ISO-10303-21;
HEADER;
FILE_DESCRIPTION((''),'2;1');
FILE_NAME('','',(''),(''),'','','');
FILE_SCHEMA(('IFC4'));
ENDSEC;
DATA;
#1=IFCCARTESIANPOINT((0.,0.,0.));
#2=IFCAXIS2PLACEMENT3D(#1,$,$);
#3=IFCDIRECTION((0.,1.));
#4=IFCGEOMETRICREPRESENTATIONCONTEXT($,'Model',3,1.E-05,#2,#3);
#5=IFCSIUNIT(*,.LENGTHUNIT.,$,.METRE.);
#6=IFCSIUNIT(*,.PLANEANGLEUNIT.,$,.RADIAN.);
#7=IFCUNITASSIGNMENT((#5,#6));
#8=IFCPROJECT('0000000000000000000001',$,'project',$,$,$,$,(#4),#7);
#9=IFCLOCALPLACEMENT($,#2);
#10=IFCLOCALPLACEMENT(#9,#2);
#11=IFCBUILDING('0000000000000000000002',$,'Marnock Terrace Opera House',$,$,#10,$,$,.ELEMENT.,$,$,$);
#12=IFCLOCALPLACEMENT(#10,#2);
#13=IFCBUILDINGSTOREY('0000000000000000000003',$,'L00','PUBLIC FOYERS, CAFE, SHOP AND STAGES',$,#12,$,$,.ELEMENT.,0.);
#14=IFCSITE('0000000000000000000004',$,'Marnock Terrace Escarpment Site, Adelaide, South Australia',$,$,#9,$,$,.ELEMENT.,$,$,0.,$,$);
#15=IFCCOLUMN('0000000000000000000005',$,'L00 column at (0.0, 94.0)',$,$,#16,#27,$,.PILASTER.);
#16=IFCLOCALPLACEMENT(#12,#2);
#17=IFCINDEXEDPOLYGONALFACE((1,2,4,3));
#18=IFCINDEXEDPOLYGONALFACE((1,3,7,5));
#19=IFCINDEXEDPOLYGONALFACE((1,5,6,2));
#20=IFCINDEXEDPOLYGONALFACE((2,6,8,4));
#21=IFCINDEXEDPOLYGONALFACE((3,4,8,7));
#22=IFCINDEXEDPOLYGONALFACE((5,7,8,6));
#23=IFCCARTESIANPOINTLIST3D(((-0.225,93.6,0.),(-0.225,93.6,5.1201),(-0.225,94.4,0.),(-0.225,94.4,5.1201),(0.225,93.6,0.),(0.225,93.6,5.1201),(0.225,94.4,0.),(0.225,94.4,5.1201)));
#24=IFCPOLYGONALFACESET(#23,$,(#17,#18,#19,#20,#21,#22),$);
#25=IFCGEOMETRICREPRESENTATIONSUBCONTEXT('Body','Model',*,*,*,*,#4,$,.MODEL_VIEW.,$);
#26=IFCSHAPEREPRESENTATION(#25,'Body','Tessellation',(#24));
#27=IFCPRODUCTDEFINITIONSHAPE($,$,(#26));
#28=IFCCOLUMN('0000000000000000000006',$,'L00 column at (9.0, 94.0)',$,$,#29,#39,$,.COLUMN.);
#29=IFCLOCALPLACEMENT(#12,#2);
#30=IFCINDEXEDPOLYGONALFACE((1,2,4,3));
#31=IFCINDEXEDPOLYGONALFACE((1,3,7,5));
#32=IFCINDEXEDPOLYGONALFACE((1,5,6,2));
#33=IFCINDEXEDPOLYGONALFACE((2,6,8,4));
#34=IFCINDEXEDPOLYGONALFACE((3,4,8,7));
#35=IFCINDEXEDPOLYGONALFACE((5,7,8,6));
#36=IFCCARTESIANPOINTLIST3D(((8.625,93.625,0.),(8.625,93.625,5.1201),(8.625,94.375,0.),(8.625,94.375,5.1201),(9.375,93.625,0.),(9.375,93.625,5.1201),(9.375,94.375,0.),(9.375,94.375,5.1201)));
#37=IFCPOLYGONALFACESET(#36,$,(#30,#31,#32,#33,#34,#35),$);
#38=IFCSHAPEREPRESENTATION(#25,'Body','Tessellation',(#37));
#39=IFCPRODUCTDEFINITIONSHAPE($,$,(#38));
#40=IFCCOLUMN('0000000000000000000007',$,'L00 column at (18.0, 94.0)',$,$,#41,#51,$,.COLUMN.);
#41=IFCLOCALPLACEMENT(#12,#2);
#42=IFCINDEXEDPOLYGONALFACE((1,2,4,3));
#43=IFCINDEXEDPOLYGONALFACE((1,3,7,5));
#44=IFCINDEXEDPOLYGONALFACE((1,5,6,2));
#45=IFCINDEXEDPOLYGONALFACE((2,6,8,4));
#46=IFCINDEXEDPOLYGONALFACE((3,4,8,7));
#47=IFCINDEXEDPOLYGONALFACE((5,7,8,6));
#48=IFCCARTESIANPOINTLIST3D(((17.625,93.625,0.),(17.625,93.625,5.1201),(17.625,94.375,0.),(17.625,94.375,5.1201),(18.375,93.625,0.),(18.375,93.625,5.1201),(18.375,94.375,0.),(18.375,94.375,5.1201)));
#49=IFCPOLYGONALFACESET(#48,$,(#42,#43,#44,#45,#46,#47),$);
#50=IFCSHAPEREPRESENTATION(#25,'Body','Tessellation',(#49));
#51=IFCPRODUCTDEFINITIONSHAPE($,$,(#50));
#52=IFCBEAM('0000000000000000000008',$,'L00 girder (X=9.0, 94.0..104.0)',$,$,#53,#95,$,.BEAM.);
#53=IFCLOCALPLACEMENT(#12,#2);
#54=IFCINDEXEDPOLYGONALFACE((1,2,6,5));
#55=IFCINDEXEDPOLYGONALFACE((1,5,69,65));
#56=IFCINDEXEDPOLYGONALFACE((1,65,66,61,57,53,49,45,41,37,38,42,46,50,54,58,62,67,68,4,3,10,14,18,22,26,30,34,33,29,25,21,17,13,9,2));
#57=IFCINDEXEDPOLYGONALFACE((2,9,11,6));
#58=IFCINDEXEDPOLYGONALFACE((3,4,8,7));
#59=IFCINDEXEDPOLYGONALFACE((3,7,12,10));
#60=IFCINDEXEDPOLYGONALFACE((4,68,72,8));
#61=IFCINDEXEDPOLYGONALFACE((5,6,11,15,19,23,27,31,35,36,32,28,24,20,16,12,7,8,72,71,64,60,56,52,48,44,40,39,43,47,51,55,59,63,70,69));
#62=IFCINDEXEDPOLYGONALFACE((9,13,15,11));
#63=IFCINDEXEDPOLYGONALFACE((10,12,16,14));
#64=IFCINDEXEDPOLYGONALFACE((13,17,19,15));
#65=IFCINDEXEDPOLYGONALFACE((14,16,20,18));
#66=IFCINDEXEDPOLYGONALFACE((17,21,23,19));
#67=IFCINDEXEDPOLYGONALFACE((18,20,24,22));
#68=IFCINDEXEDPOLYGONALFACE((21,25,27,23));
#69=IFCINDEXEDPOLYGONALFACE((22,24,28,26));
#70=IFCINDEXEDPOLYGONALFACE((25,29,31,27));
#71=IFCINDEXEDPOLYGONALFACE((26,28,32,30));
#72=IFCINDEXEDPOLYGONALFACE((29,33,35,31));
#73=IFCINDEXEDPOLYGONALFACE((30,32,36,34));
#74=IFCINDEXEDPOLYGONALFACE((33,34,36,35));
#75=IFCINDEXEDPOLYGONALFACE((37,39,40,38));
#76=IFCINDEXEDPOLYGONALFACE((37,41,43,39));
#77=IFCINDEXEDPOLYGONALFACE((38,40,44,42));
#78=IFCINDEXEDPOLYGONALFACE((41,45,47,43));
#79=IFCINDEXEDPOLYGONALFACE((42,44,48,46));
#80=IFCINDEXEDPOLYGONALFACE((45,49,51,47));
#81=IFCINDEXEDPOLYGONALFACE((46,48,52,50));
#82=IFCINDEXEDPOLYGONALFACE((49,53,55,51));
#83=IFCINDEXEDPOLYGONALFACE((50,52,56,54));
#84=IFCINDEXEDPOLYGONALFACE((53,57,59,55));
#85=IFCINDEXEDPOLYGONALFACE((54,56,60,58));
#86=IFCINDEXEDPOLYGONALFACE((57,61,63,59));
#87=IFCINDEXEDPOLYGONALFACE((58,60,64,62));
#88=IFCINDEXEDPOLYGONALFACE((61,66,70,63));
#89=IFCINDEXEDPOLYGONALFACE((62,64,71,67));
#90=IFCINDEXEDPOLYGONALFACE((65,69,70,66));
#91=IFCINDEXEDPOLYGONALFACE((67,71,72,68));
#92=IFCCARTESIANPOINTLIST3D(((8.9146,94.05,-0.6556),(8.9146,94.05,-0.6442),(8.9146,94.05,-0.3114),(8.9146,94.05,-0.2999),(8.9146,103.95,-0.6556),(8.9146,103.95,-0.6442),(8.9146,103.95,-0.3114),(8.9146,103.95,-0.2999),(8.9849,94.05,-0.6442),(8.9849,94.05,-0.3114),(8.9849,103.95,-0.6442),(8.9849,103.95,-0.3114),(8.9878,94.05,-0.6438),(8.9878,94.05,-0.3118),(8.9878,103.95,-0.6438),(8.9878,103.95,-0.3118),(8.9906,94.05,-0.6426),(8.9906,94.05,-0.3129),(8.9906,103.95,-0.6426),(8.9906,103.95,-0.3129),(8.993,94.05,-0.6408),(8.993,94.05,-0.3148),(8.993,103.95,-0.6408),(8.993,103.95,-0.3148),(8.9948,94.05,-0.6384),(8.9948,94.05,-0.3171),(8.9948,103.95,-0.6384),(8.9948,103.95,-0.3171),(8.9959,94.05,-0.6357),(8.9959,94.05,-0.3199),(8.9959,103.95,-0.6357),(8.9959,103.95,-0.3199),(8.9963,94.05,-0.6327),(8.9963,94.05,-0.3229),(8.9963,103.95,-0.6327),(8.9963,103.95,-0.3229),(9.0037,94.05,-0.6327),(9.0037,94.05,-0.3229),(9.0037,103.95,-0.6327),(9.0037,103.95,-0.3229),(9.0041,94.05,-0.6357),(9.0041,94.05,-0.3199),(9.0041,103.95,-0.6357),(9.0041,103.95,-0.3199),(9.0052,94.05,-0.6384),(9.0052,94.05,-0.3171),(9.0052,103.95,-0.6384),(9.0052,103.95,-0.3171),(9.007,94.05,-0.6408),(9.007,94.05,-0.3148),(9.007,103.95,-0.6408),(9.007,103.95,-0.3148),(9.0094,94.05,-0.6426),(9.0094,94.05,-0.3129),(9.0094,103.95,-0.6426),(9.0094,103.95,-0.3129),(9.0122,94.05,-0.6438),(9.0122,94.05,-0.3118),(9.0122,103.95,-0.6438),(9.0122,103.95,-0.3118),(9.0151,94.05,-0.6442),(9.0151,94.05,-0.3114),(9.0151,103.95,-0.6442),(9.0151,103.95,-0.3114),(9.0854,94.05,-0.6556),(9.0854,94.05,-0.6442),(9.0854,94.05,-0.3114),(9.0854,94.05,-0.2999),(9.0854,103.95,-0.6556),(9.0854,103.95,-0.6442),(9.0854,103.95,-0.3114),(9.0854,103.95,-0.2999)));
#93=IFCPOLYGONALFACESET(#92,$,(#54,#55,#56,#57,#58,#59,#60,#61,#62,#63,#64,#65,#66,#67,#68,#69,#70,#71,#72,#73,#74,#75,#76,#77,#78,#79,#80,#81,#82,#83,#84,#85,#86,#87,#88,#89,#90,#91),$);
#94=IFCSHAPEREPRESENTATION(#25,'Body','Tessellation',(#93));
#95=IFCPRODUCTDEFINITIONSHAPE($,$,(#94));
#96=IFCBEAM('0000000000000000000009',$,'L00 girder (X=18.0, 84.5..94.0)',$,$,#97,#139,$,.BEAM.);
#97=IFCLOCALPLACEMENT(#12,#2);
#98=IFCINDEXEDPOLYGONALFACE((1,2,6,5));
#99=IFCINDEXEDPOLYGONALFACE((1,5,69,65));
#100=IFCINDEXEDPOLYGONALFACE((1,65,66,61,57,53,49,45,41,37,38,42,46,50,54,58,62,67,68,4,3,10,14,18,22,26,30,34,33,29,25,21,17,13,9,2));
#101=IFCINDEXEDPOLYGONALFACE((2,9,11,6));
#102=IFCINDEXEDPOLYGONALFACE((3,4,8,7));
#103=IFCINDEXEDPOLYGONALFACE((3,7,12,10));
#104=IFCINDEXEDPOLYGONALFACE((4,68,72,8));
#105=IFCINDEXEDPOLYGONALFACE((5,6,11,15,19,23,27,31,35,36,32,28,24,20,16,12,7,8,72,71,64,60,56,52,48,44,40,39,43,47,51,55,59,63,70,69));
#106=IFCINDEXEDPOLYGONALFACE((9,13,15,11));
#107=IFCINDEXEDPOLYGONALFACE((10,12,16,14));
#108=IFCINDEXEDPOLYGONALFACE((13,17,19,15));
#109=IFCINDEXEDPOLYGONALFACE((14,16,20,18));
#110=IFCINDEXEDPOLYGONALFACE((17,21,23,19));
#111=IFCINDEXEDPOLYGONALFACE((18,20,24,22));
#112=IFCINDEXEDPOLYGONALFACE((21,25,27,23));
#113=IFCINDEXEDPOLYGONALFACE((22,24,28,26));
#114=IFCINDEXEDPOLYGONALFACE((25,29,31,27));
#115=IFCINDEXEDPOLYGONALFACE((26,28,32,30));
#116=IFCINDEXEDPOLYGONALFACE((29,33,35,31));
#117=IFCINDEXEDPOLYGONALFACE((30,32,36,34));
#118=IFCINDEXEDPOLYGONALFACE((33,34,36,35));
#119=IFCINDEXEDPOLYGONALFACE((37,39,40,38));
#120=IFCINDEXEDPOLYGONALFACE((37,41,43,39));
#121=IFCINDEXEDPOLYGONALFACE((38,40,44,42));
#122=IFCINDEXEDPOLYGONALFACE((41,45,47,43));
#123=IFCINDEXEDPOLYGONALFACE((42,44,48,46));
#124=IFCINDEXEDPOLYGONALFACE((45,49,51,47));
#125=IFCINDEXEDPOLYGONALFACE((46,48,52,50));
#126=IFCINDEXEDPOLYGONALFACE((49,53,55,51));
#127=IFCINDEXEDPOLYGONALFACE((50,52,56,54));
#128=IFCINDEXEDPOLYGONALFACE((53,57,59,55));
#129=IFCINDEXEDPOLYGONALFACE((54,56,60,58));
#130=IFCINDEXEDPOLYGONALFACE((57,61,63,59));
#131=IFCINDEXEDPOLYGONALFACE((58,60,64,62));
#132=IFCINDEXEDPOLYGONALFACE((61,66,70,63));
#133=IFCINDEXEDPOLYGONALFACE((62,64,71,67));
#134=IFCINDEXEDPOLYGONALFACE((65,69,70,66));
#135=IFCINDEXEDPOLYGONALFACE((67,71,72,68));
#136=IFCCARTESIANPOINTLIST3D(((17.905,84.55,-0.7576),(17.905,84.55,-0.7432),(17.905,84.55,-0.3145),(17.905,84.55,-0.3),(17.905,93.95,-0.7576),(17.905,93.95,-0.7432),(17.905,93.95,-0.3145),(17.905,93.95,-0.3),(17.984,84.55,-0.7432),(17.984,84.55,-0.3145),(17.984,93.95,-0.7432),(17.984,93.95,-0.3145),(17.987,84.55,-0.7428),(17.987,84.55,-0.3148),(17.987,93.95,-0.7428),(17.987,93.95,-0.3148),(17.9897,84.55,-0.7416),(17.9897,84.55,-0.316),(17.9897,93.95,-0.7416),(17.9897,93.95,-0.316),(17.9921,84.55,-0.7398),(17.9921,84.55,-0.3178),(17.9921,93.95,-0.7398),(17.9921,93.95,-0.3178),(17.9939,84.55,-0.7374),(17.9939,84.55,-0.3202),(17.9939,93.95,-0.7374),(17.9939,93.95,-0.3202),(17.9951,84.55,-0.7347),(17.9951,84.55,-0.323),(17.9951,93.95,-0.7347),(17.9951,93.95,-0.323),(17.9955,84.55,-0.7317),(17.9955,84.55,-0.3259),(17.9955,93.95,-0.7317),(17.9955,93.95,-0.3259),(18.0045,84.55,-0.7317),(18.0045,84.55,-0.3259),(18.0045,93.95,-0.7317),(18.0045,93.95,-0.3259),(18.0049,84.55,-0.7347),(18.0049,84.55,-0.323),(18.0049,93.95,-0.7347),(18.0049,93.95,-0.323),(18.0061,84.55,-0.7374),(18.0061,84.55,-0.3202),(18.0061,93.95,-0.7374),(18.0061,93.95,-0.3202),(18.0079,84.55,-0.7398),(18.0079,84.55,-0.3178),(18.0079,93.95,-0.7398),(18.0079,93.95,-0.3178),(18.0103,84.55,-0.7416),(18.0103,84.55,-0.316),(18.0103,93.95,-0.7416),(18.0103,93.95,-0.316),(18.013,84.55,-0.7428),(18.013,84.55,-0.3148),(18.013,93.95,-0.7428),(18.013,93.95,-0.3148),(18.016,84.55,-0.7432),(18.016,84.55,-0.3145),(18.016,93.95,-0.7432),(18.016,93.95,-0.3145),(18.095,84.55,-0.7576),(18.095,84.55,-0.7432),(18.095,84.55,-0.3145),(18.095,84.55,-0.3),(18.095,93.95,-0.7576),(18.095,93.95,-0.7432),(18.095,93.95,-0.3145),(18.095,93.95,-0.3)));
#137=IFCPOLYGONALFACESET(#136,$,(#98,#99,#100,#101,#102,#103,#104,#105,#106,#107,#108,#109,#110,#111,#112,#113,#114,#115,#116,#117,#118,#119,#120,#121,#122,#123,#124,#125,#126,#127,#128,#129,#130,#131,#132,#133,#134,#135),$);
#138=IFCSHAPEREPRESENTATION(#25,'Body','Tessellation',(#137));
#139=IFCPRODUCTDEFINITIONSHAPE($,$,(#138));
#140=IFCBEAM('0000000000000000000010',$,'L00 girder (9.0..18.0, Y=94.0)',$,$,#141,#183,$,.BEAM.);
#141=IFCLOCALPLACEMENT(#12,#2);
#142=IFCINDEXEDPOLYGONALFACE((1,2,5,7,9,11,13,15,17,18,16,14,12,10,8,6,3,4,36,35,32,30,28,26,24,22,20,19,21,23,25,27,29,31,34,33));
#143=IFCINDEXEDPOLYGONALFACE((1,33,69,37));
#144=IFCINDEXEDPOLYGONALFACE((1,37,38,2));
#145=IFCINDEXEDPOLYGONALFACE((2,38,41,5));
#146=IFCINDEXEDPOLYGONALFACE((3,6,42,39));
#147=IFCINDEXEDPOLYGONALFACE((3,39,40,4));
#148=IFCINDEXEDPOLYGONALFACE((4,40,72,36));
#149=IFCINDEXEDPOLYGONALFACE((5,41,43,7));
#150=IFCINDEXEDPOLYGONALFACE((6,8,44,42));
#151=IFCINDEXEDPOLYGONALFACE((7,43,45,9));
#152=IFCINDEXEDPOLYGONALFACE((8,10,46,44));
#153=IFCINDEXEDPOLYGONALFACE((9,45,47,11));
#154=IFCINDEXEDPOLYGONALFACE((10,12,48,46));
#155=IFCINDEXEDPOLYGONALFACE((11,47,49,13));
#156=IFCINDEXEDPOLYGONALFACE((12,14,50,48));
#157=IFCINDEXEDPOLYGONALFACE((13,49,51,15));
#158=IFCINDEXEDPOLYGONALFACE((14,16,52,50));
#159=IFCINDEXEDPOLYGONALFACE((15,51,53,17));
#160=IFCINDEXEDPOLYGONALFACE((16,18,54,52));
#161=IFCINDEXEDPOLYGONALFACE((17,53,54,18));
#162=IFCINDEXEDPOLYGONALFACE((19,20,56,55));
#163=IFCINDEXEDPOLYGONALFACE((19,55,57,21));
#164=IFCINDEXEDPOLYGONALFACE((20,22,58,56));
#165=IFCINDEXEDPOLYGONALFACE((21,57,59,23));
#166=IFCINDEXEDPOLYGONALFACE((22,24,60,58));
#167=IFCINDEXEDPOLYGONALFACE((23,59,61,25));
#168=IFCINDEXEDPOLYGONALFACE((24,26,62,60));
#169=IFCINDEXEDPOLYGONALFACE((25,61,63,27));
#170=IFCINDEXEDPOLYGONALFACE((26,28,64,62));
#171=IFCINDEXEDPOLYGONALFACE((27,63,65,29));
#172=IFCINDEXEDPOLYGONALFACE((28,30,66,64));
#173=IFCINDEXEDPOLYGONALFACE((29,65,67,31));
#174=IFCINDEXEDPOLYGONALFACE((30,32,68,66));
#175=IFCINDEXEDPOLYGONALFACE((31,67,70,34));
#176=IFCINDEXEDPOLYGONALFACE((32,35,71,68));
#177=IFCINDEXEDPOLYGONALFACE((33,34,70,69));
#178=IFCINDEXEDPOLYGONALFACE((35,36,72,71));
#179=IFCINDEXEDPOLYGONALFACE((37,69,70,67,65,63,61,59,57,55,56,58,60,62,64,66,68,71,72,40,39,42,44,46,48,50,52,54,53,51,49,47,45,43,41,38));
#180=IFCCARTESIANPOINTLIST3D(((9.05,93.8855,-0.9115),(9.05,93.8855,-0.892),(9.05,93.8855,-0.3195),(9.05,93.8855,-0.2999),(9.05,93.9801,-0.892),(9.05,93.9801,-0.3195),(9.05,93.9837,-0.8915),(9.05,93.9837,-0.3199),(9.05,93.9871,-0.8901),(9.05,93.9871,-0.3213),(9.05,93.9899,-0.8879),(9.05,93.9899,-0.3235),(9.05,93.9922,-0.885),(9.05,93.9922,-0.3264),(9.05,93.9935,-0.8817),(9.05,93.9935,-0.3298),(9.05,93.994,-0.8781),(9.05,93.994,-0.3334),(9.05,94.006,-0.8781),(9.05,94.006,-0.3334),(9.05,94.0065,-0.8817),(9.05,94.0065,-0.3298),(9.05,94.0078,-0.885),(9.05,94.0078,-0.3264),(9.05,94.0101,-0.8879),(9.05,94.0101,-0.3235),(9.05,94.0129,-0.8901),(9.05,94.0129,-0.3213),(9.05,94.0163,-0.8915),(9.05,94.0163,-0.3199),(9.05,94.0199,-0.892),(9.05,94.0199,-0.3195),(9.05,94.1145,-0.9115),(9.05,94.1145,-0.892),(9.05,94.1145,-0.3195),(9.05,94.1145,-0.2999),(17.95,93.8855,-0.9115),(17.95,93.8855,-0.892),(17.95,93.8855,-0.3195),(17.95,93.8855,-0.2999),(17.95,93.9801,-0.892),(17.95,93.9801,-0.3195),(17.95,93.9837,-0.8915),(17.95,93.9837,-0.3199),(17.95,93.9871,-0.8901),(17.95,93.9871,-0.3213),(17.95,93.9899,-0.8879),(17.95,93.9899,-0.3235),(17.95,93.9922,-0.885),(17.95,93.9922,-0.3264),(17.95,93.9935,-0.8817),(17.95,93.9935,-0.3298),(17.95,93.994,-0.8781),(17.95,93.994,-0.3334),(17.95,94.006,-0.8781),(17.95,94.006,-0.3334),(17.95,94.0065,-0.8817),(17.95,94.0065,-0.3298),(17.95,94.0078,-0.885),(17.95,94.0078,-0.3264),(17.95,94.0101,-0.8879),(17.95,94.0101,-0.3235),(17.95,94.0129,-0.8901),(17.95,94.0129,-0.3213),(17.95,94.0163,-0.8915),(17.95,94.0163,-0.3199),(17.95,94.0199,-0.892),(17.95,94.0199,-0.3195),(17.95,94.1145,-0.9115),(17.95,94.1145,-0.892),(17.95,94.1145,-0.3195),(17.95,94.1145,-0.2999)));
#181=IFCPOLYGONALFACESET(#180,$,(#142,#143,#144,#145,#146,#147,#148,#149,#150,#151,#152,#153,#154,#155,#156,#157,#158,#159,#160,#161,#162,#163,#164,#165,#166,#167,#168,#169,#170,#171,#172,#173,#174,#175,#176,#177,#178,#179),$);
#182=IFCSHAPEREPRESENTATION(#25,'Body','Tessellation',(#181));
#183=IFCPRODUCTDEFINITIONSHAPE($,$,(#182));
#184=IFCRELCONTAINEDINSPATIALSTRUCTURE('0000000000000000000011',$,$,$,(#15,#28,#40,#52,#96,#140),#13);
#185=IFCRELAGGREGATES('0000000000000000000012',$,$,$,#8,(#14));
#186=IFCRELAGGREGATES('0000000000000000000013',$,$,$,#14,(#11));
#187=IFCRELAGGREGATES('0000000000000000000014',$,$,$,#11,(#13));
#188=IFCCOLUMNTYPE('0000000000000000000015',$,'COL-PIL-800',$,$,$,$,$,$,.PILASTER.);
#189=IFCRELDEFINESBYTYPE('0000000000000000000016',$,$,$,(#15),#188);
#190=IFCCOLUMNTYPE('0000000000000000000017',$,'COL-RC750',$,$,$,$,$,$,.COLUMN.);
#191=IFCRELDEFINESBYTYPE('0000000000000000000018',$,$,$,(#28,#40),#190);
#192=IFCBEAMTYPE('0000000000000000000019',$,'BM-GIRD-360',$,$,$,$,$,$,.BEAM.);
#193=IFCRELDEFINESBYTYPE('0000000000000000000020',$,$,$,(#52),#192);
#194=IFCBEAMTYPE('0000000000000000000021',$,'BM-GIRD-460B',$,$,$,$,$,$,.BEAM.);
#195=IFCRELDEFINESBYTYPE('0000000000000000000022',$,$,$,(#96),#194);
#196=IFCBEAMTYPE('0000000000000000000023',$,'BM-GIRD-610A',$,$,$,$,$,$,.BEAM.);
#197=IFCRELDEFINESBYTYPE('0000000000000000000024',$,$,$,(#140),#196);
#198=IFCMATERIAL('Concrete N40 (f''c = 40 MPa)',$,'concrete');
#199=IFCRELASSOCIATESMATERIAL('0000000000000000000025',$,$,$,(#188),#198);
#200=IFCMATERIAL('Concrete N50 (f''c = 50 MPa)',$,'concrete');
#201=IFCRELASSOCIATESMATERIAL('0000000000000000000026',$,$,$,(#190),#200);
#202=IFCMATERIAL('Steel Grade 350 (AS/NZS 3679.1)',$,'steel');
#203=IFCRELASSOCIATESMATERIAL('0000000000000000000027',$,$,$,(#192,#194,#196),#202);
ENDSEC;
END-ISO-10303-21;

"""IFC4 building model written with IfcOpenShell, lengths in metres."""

from ifc_helpers import new_model, si_unit, direction, frame, origin, origin_2d, place, context, subcontext, project, spatial, rectangle, i_section, extrude, material, material_profile, profile_set, type_object, element, save


model = new_model("IFC4")

# Units and contexts
model_context = context("Model", 3, precision=1e-05, world=origin(), true_north=direction((0.0, 1.0)))
body_context = subcontext(model_context, "Body", "Model", "MODEL_VIEW")
ifc_project = project(units=[si_unit("LENGTHUNIT", "METRE"), si_unit("PLANEANGLEUNIT", "RADIAN")], contexts=[model_context])

# Site, building, storey
site_placement = place(None, origin())
site = spatial("IfcSite", under=ifc_project, at=site_placement, Name="Marnock Terrace Escarpment Site, Adelaide, South Australia", CompositionType="ELEMENT", RefElevation=0.0)
building_placement = place(site_placement, origin())
building = spatial("IfcBuilding", under=site, at=building_placement, Name="Marnock Terrace Opera House", CompositionType="ELEMENT")
storey_placement = place(building_placement, origin())
storey = spatial("IfcBuildingStorey", under=building, at=storey_placement, Name="L00", Description="PUBLIC FOYERS, CAFE, SHOP AND STAGES", CompositionType="ELEMENT", Elevation=0.0)

# Columns
ifc_material_1 = material(Name="Concrete N40 (f'c = 40 MPa)", Category="concrete")
ifc_material_profile_1 = material_profile(ifc_material_1, rectangle(XDim=0.45, YDim=0.8, at=origin_2d()))
ifc_profile_set_1 = profile_set([ifc_material_profile_1], Name="Concrete N40 (f'c = 40 MPa)")
column_type_1 = type_object("IfcColumnType", Name="COL-PIL-800", PredefinedType="PILASTER", material=ifc_profile_set_1)
column_placement = place(storey_placement, frame((0.0, 94.0, 0.0), z_axis=(0.0, 0.0, 1.0), x_axis=(1.0, 0.0, 0.0)))
element("IfcColumn", 1, at=column_placement, inside=storey, type_object=column_type_1, Name="L00 column at (0.0, 94.0)", PredefinedType="PILASTER", context=body_context, shape_type="SweptSolid", body=[
    extrude(rectangle(XDim=0.45, YDim=0.8, at=origin_2d()), origin(), (0.0, 0.0, 1.0), 5.1201),
])
ifc_material_2 = material(Name="Concrete N50 (f'c = 50 MPa)", Category="concrete")
ifc_material_profile_2 = material_profile(ifc_material_2, rectangle(XDim=0.75, YDim=0.75, at=origin_2d()))
ifc_profile_set_2 = profile_set([ifc_material_profile_2], Name="Concrete N50 (f'c = 50 MPa)")
column_type_2 = type_object("IfcColumnType", Name="COL-RC750", PredefinedType="COLUMN", material=ifc_profile_set_2)
for number, where, z_axis, x_axis, name in (
    (2, (9.0, 94.0, 0.0), (0.0, 0.0, 1.0), (1.0, 0.0, 0.0), "L00 column at (9.0, 94.0)"),
    (3, (18.0, 94.0, 0.0), (0.0, 0.0, 1.0), (1.0, 0.0, 0.0), "L00 column at (18.0, 94.0)"),
):
    element("IfcColumn", number, at=place(storey_placement, frame(where, z_axis=z_axis, x_axis=x_axis)), inside=storey, type_object=column_type_2, Name=name, PredefinedType="COLUMN", context=body_context, shape_type="SweptSolid", body=[
        extrude(rectangle(XDim=0.75, YDim=0.75, at=origin_2d()), origin(), (0.0, 0.0, 1.0), 5.1201),
    ])

# Beams
ifc_material_3 = material(Name="Steel Grade 350 (AS/NZS 3679.1)", Category="steel")
ifc_material_profile_3 = material_profile(ifc_material_3, i_section(OverallWidth=0.1709, OverallDepth=0.3557, WebThickness=0.0073, FlangeThickness=0.0115, FilletRadius=0.0115, at=origin_2d()))
ifc_profile_set_3 = profile_set([ifc_material_profile_3], Name="Steel Grade 350 (AS/NZS 3679.1)")
beam_type_1 = type_object("IfcBeamType", Name="BM-GIRD-360", PredefinedType="BEAM", material=ifc_profile_set_3)
beam_1_placement = place(storey_placement, frame((9.0, 94.05, -0.4778), z_axis=(0.0, 1.0, 0.0), x_axis=(-1.0, 0.0, 0.0)))
element("IfcBeam", 4, at=beam_1_placement, inside=storey, type_object=beam_type_1, Name="L00 girder (X=9.0, 94.0..104.0)", PredefinedType="BEAM", context=body_context, shape_type="SweptSolid", body=[
    extrude(i_section(OverallWidth=0.1709, OverallDepth=0.3557, WebThickness=0.0073, FlangeThickness=0.0115, FilletRadius=0.0115, at=origin_2d()), origin(), (0.0, 0.0, 1.0), 9.8999),
])
ifc_material_profile_4 = material_profile(ifc_material_3, i_section(OverallWidth=0.1899, OverallDepth=0.4575, WebThickness=0.009, FlangeThickness=0.0144, FilletRadius=0.0115, at=origin_2d()))
ifc_profile_set_4 = profile_set([ifc_material_profile_4], Name="Steel Grade 350 (AS/NZS 3679.1)")
beam_type_2 = type_object("IfcBeamType", Name="BM-GIRD-460B", PredefinedType="BEAM", material=ifc_profile_set_4)
beam_2_placement = place(storey_placement, frame((18.0, 84.55, -0.5288), z_axis=(0.0, 1.0, 0.0), x_axis=(-1.0, 0.0, 0.0)))
element("IfcBeam", 5, at=beam_2_placement, inside=storey, type_object=beam_type_2, Name="L00 girder (X=18.0, 84.5..94.0)", PredefinedType="BEAM", context=body_context, shape_type="SweptSolid", body=[
    extrude(i_section(OverallWidth=0.1899, OverallDepth=0.4575, WebThickness=0.009, FlangeThickness=0.0144, FilletRadius=0.0115, at=origin_2d()), origin(), (0.0, 0.0, 1.0), 9.3999),
])
ifc_material_profile_5 = material_profile(ifc_material_3, i_section(OverallWidth=0.229, OverallDepth=0.6116, WebThickness=0.012, FlangeThickness=0.0195, FilletRadius=0.0139, at=origin_2d()))
ifc_profile_set_5 = profile_set([ifc_material_profile_5], Name="Steel Grade 350 (AS/NZS 3679.1)")
beam_type_3 = type_object("IfcBeamType", Name="BM-GIRD-610A", PredefinedType="BEAM", material=ifc_profile_set_5)
beam_3_placement = place(storey_placement, frame((9.05, 94.0, -0.6057), z_axis=(1.0, 0.0, 0.0), x_axis=(0.0, 1.0, 0.0)))
element("IfcBeam", 6, at=beam_3_placement, inside=storey, type_object=beam_type_3, Name="L00 girder (9.0..18.0, Y=94.0)", PredefinedType="BEAM", context=body_context, shape_type="SweptSolid", body=[
    extrude(i_section(OverallWidth=0.229, OverallDepth=0.6116, WebThickness=0.012, FlangeThickness=0.0195, FilletRadius=0.0139, at=origin_2d()), origin(), (0.0, 0.0, 1.0), 8.8999),
])

save(model, "model.ifc")
